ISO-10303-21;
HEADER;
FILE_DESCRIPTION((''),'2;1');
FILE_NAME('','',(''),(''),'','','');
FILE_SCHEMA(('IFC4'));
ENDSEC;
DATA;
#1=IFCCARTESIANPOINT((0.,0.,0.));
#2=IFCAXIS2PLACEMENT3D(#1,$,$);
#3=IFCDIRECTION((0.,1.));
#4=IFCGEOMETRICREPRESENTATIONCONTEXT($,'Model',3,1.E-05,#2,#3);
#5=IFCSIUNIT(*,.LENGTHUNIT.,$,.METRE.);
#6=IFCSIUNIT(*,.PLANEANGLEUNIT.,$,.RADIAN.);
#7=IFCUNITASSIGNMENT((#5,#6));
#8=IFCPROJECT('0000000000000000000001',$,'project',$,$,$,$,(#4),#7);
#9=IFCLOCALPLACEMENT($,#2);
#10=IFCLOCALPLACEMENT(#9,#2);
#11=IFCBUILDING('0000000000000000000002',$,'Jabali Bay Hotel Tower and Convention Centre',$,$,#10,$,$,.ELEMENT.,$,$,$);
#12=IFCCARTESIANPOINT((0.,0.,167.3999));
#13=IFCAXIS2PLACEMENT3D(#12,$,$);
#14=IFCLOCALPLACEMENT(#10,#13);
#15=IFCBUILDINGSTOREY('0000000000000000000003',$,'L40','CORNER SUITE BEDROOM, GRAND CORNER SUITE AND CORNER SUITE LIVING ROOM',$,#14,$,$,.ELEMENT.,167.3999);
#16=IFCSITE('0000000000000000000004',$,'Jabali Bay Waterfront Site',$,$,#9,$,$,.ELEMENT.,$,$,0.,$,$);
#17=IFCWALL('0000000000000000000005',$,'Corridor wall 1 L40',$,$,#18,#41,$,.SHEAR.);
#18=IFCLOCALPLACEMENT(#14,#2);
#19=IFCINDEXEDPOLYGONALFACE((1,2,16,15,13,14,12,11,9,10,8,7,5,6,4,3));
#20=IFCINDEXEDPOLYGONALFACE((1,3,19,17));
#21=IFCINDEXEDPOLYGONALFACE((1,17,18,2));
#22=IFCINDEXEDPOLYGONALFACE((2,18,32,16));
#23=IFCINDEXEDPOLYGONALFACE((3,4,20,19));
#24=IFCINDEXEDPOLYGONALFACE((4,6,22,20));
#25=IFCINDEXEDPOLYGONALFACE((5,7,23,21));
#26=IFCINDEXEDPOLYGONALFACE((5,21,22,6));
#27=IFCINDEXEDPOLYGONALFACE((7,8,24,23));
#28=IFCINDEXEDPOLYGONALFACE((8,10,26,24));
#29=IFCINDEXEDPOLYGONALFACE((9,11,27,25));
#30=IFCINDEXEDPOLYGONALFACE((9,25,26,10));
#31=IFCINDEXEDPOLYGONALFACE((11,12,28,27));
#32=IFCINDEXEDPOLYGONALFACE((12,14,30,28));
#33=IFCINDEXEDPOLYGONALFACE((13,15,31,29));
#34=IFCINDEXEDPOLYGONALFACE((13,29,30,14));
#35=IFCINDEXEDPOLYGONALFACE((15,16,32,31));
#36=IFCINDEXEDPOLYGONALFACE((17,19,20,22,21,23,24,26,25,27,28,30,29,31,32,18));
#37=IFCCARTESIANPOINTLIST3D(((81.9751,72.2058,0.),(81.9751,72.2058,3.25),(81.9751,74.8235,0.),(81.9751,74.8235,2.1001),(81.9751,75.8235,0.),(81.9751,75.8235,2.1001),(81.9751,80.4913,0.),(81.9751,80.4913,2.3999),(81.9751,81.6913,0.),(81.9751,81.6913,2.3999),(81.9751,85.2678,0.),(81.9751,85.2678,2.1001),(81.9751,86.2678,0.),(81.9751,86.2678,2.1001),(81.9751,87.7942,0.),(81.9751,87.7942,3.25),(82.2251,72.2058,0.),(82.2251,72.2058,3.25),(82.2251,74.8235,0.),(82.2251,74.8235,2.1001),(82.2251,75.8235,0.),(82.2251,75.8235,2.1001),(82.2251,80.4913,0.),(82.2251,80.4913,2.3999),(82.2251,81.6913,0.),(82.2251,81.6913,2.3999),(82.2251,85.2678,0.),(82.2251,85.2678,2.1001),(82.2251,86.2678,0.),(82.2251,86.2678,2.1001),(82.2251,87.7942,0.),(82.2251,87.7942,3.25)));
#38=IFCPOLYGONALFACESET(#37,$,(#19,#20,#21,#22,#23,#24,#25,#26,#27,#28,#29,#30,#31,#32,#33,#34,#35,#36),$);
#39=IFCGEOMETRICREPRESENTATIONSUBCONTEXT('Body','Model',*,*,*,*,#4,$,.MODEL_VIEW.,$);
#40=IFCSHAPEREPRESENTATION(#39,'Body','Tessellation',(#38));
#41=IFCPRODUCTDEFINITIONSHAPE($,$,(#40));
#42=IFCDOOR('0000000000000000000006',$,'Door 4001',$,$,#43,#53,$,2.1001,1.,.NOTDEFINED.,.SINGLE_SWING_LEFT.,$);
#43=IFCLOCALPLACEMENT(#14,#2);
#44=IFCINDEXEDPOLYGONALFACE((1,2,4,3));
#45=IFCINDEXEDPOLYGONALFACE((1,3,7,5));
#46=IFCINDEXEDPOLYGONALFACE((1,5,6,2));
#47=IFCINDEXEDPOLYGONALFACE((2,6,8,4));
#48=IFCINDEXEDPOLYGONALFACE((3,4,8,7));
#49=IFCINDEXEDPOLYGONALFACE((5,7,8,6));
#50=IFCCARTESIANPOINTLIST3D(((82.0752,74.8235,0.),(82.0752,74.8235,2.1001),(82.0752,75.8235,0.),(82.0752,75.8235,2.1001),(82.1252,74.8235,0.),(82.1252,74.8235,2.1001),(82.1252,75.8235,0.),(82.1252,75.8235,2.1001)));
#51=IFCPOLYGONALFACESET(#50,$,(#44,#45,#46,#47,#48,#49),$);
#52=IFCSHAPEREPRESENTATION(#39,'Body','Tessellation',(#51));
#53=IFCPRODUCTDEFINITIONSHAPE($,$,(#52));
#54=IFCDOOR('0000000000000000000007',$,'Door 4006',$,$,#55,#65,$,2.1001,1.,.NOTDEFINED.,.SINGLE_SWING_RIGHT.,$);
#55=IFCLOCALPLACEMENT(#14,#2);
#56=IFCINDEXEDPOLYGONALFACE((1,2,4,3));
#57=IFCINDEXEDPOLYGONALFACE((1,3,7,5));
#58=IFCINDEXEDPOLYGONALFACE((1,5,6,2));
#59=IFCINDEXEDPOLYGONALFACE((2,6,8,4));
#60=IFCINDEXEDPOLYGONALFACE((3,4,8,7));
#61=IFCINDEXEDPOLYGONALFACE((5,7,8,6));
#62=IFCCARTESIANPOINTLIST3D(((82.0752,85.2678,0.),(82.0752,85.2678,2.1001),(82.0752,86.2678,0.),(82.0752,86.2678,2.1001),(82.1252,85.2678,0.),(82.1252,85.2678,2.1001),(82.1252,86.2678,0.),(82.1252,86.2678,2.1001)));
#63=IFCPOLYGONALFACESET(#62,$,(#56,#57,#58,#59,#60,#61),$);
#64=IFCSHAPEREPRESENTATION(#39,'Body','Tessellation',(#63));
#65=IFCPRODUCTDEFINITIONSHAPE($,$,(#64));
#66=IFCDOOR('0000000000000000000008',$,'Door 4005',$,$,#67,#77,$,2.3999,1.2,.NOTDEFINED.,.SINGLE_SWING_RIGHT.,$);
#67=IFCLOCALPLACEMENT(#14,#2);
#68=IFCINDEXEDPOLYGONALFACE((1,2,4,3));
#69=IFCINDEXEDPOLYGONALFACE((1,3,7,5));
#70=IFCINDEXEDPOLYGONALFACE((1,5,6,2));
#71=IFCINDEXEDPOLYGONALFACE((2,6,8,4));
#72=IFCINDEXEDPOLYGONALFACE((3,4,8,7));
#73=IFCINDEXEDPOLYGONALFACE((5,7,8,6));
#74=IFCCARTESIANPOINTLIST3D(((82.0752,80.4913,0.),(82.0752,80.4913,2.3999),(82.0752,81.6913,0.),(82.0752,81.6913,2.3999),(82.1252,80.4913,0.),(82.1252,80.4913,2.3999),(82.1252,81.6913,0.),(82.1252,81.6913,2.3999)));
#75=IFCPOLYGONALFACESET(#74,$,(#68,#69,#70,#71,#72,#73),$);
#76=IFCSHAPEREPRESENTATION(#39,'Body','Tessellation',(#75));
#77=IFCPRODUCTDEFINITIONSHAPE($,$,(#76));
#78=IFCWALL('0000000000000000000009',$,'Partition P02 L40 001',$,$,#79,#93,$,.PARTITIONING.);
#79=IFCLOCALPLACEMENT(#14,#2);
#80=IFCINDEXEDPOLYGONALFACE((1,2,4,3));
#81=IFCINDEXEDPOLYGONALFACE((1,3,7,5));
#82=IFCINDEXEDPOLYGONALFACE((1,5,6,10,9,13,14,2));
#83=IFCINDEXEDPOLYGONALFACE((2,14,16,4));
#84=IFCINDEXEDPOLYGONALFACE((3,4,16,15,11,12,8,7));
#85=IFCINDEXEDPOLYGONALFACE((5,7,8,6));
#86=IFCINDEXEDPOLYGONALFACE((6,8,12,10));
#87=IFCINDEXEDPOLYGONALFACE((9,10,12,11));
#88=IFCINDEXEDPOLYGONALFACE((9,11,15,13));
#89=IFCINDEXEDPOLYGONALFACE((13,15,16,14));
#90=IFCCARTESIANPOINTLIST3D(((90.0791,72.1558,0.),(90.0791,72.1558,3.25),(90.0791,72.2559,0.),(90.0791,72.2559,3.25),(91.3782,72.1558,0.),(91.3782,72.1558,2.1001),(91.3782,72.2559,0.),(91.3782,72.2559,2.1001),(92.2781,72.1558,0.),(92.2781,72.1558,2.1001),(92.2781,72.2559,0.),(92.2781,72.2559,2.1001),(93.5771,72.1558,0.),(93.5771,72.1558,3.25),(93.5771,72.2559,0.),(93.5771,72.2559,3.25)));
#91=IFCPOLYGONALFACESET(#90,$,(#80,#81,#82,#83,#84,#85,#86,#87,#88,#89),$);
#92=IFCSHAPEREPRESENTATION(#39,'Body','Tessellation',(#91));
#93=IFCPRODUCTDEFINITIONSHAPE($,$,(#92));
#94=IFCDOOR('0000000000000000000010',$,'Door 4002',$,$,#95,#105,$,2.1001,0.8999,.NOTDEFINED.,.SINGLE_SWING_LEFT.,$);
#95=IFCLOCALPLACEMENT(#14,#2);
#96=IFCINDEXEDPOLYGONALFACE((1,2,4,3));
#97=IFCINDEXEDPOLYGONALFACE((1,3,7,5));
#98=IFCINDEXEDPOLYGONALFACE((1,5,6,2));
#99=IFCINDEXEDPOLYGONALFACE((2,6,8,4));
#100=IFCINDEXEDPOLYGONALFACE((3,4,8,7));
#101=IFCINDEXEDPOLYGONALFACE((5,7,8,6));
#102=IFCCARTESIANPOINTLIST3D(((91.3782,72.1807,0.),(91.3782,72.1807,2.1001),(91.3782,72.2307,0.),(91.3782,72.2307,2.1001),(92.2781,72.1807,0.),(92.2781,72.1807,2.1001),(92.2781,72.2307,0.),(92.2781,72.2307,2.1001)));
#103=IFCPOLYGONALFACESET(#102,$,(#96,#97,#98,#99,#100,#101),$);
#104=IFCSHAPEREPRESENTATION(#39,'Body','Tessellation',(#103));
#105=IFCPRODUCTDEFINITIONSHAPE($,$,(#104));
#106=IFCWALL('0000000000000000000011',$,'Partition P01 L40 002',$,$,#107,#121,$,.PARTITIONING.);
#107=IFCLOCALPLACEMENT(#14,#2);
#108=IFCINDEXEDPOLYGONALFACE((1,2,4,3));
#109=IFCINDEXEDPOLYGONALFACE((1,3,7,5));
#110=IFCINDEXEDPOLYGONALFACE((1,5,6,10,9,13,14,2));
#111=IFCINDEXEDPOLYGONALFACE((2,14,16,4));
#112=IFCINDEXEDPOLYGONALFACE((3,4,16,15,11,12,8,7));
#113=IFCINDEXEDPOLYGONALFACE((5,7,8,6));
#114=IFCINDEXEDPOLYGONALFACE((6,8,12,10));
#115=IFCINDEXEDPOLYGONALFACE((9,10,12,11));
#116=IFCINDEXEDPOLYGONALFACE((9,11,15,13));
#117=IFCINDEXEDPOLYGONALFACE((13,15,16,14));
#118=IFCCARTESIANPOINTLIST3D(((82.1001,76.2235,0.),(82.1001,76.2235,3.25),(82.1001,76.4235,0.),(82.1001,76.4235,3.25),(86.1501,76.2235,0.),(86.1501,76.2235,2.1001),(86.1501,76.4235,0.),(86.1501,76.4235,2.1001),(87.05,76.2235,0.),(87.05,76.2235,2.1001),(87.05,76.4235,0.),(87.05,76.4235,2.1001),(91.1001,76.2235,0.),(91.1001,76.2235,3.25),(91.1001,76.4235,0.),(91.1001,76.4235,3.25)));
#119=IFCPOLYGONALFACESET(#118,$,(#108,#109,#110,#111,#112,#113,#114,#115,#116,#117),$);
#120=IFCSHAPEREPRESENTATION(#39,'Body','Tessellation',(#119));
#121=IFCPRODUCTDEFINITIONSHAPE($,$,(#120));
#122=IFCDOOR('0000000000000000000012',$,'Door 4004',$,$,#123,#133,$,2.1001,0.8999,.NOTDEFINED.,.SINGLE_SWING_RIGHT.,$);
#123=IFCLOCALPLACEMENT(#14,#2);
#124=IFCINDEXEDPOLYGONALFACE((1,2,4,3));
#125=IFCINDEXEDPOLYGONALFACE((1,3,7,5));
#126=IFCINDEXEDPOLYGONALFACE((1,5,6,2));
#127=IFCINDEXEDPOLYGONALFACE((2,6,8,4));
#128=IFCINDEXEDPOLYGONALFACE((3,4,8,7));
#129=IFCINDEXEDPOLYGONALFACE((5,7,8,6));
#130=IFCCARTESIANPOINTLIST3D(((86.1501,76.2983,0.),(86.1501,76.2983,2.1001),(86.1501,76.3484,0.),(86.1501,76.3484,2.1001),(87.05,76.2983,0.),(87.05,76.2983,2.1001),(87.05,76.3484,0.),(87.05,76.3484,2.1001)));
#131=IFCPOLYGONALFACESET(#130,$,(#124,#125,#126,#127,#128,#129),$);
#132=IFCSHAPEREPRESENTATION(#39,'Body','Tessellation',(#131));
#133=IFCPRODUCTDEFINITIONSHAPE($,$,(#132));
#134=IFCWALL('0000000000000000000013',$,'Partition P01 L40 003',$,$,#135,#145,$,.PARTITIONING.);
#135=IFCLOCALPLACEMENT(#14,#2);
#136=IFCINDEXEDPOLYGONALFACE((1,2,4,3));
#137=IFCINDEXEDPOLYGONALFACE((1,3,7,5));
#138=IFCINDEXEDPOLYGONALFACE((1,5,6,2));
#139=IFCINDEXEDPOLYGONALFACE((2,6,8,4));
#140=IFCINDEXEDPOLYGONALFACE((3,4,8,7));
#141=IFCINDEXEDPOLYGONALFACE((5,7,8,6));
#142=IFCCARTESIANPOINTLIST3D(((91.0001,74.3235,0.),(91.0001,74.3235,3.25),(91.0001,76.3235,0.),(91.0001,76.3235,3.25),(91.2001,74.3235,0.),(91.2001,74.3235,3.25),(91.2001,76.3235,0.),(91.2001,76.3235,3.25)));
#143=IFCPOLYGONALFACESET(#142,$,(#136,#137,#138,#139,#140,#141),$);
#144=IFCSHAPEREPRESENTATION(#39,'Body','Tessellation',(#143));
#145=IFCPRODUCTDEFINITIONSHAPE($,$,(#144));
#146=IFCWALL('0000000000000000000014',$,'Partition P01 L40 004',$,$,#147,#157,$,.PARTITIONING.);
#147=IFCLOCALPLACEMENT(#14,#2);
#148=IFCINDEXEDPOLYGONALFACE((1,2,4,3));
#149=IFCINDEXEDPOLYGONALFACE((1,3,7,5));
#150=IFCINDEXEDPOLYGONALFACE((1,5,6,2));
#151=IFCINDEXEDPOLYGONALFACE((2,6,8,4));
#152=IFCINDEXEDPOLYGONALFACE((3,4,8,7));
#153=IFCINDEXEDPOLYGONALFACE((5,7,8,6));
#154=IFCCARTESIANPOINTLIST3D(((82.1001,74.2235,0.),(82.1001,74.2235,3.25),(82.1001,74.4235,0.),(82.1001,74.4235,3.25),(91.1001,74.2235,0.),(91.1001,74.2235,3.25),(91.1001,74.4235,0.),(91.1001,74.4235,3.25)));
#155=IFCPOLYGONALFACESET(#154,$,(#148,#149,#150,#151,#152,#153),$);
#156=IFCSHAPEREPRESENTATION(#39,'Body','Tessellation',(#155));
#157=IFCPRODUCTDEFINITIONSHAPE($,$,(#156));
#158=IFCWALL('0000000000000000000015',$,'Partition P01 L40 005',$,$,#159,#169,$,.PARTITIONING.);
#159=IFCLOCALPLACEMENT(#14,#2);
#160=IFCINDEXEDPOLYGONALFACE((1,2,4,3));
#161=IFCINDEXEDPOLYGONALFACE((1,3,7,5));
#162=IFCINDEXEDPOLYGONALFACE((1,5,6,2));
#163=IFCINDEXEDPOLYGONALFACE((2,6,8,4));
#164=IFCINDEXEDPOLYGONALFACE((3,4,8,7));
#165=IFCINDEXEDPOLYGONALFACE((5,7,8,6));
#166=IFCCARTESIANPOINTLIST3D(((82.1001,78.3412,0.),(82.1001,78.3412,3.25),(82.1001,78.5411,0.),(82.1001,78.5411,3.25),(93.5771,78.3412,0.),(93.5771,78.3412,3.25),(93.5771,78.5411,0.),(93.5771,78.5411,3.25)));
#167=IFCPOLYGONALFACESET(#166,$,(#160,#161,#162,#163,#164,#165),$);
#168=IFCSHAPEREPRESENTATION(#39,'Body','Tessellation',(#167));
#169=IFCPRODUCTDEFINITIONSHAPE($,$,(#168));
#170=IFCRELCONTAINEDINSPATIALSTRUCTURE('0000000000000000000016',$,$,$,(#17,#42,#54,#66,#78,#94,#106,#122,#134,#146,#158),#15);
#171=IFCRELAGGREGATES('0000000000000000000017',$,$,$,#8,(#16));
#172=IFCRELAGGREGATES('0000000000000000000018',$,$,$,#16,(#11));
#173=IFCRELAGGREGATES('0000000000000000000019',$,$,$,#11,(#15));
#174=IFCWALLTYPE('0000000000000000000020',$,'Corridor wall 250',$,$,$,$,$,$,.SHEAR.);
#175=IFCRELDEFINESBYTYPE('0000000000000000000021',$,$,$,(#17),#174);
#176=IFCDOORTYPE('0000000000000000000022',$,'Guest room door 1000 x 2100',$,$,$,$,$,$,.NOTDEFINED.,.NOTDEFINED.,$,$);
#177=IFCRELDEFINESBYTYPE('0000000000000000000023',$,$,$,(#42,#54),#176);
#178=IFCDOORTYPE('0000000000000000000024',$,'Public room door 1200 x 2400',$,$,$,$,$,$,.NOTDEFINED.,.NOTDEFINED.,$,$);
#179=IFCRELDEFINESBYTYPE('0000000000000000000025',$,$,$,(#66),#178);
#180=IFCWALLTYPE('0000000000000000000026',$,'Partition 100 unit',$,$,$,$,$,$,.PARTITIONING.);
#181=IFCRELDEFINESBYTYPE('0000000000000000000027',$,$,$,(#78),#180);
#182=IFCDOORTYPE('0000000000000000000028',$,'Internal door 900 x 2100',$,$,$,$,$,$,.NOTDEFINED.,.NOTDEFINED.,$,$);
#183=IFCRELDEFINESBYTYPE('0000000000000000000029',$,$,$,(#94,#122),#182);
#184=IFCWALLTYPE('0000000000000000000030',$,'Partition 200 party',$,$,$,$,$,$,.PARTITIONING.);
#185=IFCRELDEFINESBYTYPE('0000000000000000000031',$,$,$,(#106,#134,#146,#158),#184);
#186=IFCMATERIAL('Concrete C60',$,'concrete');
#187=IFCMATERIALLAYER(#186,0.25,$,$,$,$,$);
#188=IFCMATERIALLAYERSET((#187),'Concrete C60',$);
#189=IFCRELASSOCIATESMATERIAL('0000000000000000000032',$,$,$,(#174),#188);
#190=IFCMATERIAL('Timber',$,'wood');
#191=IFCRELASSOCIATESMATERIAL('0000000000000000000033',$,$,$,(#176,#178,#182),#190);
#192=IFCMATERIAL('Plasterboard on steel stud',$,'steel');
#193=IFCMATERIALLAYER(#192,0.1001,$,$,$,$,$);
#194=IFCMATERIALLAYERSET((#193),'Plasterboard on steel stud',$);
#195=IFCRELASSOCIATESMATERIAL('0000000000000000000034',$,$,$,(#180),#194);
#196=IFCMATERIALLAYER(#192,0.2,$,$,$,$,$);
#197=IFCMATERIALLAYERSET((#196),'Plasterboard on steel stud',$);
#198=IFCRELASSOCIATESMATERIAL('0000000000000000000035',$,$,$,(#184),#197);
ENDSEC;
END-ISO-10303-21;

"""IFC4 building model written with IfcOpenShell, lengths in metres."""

from ifc_helpers import new_model, si_unit, direction, frame, frame_2d, origin, place, context, subcontext, project, spatial, rectangle, extrude, material, layer, layer_set, type_object, element, fill, save


model = new_model("IFC4")

# Units and contexts
model_context = context("Model", 3, precision=1e-05, world=origin(), true_north=direction((0.0, 1.0)))
body_context = subcontext(model_context, "Body", "Model", "MODEL_VIEW")
ifc_project = project(units=[si_unit("LENGTHUNIT", "METRE"), si_unit("PLANEANGLEUNIT", "RADIAN")], contexts=[model_context])

# Site, building, storey
site_placement = place(None, origin())
site = spatial("IfcSite", under=ifc_project, at=site_placement, Name="Jabali Bay Waterfront Site", CompositionType="ELEMENT", RefElevation=0.0)
building_placement = place(site_placement, origin())
building = spatial("IfcBuilding", under=site, at=building_placement, Name="Jabali Bay Hotel Tower and Convention Centre", CompositionType="ELEMENT")
storey_placement = place(building_placement, frame((0.0, 0.0, 167.3999)))
storey = spatial("IfcBuildingStorey", under=building, at=storey_placement, Name="L40", Description="CORNER SUITE BEDROOM, GRAND CORNER SUITE AND CORNER SUITE LIVING ROOM", CompositionType="ELEMENT", Elevation=167.3999)

# Shared definitions
ifc_material_1 = material(Name="Concrete C60", Category="concrete")

# Wall, openings, doors
ifc_layer_1 = layer(ifc_material_1, 0.25)
ifc_layer_set_1 = layer_set([ifc_layer_1], Name="Concrete C60")
wall_type_1 = type_object("IfcWallType", Name="Corridor wall 250", PredefinedType="SHEAR", material=ifc_layer_set_1)
wall_1_placement = place(storey_placement, frame((82.1001, 72.2058, 0.0), z_axis=(0.0, 0.0, 1.0), x_axis=(0.0, 1.0, 0.0)))
wall_1 = element("IfcWall", 1, at=wall_1_placement, inside=storey, type_object=wall_type_1, Name="Corridor wall 1 L40", PredefinedType="SHEAR", context=body_context, shape_type="SweptSolid", body=[
    extrude(rectangle(XDim=15.5884, YDim=0.25, at=frame_2d((7.7942, 0.0))), origin(), (0.0, 0.0, 1.0), 3.25),
])
opening_1_placement = place(wall_1_placement, frame((2.6177, 0.0, 0.0)))
opening_1 = element("IfcOpeningElement", 2, at=opening_1_placement, cuts=wall_1, PredefinedType="OPENING", context=body_context, shape_type="SweptSolid", body=[
    extrude(rectangle(XDim=1.0, YDim=2.1001, at=frame_2d((0.5, 1.05))), frame((0.0, 0.1355, 0.0), z_axis=(0.0, -1.0, 0.0), x_axis=(1.0, 0.0, 0.0)), (0.0, 0.0, 1.0), 0.271),
])
opening_2_placement = place(wall_1_placement, frame((8.2854, 0.0, 0.0)))
opening_2 = element("IfcOpeningElement", 3, at=opening_2_placement, cuts=wall_1, PredefinedType="OPENING", context=body_context, shape_type="SweptSolid", body=[
    extrude(rectangle(XDim=1.2, YDim=2.3999, at=frame_2d((0.6001, 1.2))), frame((0.0, 0.1355, 0.0), z_axis=(0.0, -1.0, 0.0), x_axis=(1.0, 0.0, 0.0)), (0.0, 0.0, 1.0), 0.271),
])
opening_3_placement = place(wall_1_placement, frame((13.062, 0.0, 0.0)))
opening_3 = element("IfcOpeningElement", 4, at=opening_3_placement, cuts=wall_1, PredefinedType="OPENING", context=body_context, shape_type="SweptSolid", body=[
    extrude(rectangle(XDim=1.0, YDim=2.1001, at=frame_2d((0.5, 1.05))), frame((0.0, 0.1355, 0.0), z_axis=(0.0, -1.0, 0.0), x_axis=(1.0, 0.0, 0.0)), (0.0, 0.0, 1.0), 0.271),
])
ifc_material_2 = material(Name="Timber", Category="wood")
door_type_1 = type_object("IfcDoorType", Name="Guest room door 1000 x 2100", OperationType="NOTDEFINED", PredefinedType="NOTDEFINED", material=ifc_material_2)
door_1_placement = place(opening_1_placement, origin())
door_1 = element("IfcDoor", 5, at=door_1_placement, inside=storey, type_object=door_type_1, Name="Door 4001", OperationType="SINGLE_SWING_LEFT", OverallHeight=2.1001, OverallWidth=1.0, PredefinedType="NOTDEFINED", context=body_context, shape_type="SweptSolid", body=[
    extrude(rectangle(XDim=1.0, YDim=2.1001, at=frame_2d((0.5, 1.05))), frame((0.0, 0.0249, 0.0), z_axis=(0.0, -1.0, 0.0), x_axis=(1.0, 0.0, 0.0)), (0.0, 0.0, 1.0), 0.05),
])
fill(opening_1, door_1)
door_2_placement = place(opening_3_placement, origin())
door_2 = element("IfcDoor", 6, at=door_2_placement, inside=storey, type_object=door_type_1, Name="Door 4006", OperationType="SINGLE_SWING_RIGHT", OverallHeight=2.1001, OverallWidth=1.0, PredefinedType="NOTDEFINED", context=body_context, shape_type="SweptSolid", body=[
    extrude(rectangle(XDim=1.0, YDim=2.1001, at=frame_2d((0.5, 1.05))), frame((0.0, 0.0249, 0.0), z_axis=(0.0, -1.0, 0.0), x_axis=(1.0, 0.0, 0.0)), (0.0, 0.0, 1.0), 0.05),
])
fill(opening_3, door_2)
door_type_2 = type_object("IfcDoorType", Name="Public room door 1200 x 2400", OperationType="NOTDEFINED", PredefinedType="NOTDEFINED", material=ifc_material_2)
door_3_placement = place(opening_2_placement, origin())
door_3 = element("IfcDoor", 7, at=door_3_placement, inside=storey, type_object=door_type_2, Name="Door 4005", OperationType="SINGLE_SWING_RIGHT", OverallHeight=2.3999, OverallWidth=1.2, PredefinedType="NOTDEFINED", context=body_context, shape_type="SweptSolid", body=[
    extrude(rectangle(XDim=1.2, YDim=2.3999, at=frame_2d((0.6001, 1.2))), frame((0.0, 0.0249, 0.0), z_axis=(0.0, -1.0, 0.0), x_axis=(1.0, 0.0, 0.0)), (0.0, 0.0, 1.0), 0.05),
])
fill(opening_2, door_3)

# Walls, openings, doors
ifc_material_3 = material(Name="Plasterboard on steel stud", Category="steel")
ifc_layer_2 = layer(ifc_material_3, 0.1001)
ifc_layer_set_2 = layer_set([ifc_layer_2], Name="Plasterboard on steel stud")
wall_type_2 = type_object("IfcWallType", Name="Partition 100 unit", PredefinedType="PARTITIONING", material=ifc_layer_set_2)
wall_2_placement = place(storey_placement, frame((90.0791, 72.2058, 0.0), z_axis=(0.0, 0.0, 1.0), x_axis=(1.0, 0.0, 0.0)))
wall_2 = element("IfcWall", 8, at=wall_2_placement, inside=storey, type_object=wall_type_2, Name="Partition P02 L40 001", PredefinedType="PARTITIONING", context=body_context, shape_type="SweptSolid", body=[
    extrude(rectangle(XDim=3.498, YDim=0.1001, at=frame_2d((1.749, 0.0))), origin(), (0.0, 0.0, 1.0), 3.25),
])
opening_4_placement = place(wall_2_placement, frame((1.2991, 0.0, 0.0)))
opening_4 = element("IfcOpeningElement", 9, at=opening_4_placement, cuts=wall_2, PredefinedType="OPENING", context=body_context, shape_type="SweptSolid", body=[
    extrude(rectangle(XDim=0.8999, YDim=2.1001, at=frame_2d((0.45, 1.05))), frame((0.0, 0.0605, 0.0), z_axis=(0.0, -1.0, 0.0), x_axis=(1.0, 0.0, 0.0)), (0.0, 0.0, 1.0), 0.1211),
])
door_type_3 = type_object("IfcDoorType", Name="Internal door 900 x 2100", OperationType="NOTDEFINED", PredefinedType="NOTDEFINED", material=ifc_material_2)
door_4_placement = place(opening_4_placement, origin())
door_4 = element("IfcDoor", 10, at=door_4_placement, inside=storey, type_object=door_type_3, Name="Door 4002", OperationType="SINGLE_SWING_LEFT", OverallHeight=2.1001, OverallWidth=0.8999, PredefinedType="NOTDEFINED", context=body_context, shape_type="SweptSolid", body=[
    extrude(rectangle(XDim=0.8999, YDim=2.1001, at=frame_2d((0.45, 1.05))), frame((0.0, 0.0249, 0.0), z_axis=(0.0, -1.0, 0.0), x_axis=(1.0, 0.0, 0.0)), (0.0, 0.0, 1.0), 0.05),
])
fill(opening_4, door_4)
ifc_layer_3 = layer(ifc_material_3, 0.2)
ifc_layer_set_3 = layer_set([ifc_layer_3], Name="Plasterboard on steel stud")
wall_type_3 = type_object("IfcWallType", Name="Partition 200 party", PredefinedType="PARTITIONING", material=ifc_layer_set_3)
wall_3_placement = place(storey_placement, frame((82.1001, 76.3235, 0.0), z_axis=(0.0, 0.0, 1.0), x_axis=(1.0, 0.0, 0.0)))
wall_3 = element("IfcWall", 11, at=wall_3_placement, inside=storey, type_object=wall_type_3, Name="Partition P01 L40 002", PredefinedType="PARTITIONING", context=body_context, shape_type="SweptSolid", body=[
    extrude(rectangle(XDim=9.0, YDim=0.2, at=frame_2d((4.5, 0.0))), origin(), (0.0, 0.0, 1.0), 3.25),
])
opening_5_placement = place(wall_3_placement, frame((4.05, 0.0, 0.0)))
opening_5 = element("IfcOpeningElement", 12, at=opening_5_placement, cuts=wall_3, PredefinedType="OPENING", context=body_context, shape_type="SweptSolid", body=[
    extrude(rectangle(XDim=0.8999, YDim=2.1001, at=frame_2d((0.45, 1.05))), frame((0.0, 0.1104, 0.0), z_axis=(0.0, -1.0, 0.0), x_axis=(1.0, 0.0, 0.0)), (0.0, 0.0, 1.0), 0.2209),
])
door_5_placement = place(opening_5_placement, origin())
door_5 = element("IfcDoor", 13, at=door_5_placement, inside=storey, type_object=door_type_3, Name="Door 4004", OperationType="SINGLE_SWING_RIGHT", OverallHeight=2.1001, OverallWidth=0.8999, PredefinedType="NOTDEFINED", context=body_context, shape_type="SweptSolid", body=[
    extrude(rectangle(XDim=0.8999, YDim=2.1001, at=frame_2d((0.45, 1.05))), frame((0.0, 0.0249, 0.0), z_axis=(0.0, -1.0, 0.0), x_axis=(1.0, 0.0, 0.0)), (0.0, 0.0, 1.0), 0.05),
])
fill(opening_5, door_5)

# Walls
wall_4_placement = place(storey_placement, frame((91.1001, 76.3235, 0.0), z_axis=(0.0, 0.0, 1.0), x_axis=(0.0, -1.0, 0.0)))
element("IfcWall", 14, at=wall_4_placement, inside=storey, type_object=wall_type_3, Name="Partition P01 L40 003", PredefinedType="PARTITIONING", context=body_context, shape_type="SweptSolid", body=[
    extrude(rectangle(XDim=2.0, YDim=0.2, at=frame_2d((1.0, 0.0))), origin(), (0.0, 0.0, 1.0), 3.25),
])
wall_5_placement = place(storey_placement, frame((91.1001, 74.3235, 0.0), z_axis=(0.0, 0.0, 1.0), x_axis=(-1.0, 0.0, 0.0)))
element("IfcWall", 15, at=wall_5_placement, inside=storey, type_object=wall_type_3, Name="Partition P01 L40 004", PredefinedType="PARTITIONING", context=body_context, shape_type="SweptSolid", body=[
    extrude(rectangle(XDim=9.0, YDim=0.2, at=frame_2d((4.5, 0.0))), origin(), (0.0, 0.0, 1.0), 3.25),
])
wall_6_placement = place(storey_placement, frame((93.5771, 78.4412, 0.0), z_axis=(0.0, 0.0, 1.0), x_axis=(-1.0, 0.0, 0.0)))
element("IfcWall", 16, at=wall_6_placement, inside=storey, type_object=wall_type_3, Name="Partition P01 L40 005", PredefinedType="PARTITIONING", context=body_context, shape_type="SweptSolid", body=[
    extrude(rectangle(XDim=11.4771, YDim=0.2, at=frame_2d((5.7385, 0.0))), origin(), (0.0, 0.0, 1.0), 3.25),
])

save(model, "model.ifc")
